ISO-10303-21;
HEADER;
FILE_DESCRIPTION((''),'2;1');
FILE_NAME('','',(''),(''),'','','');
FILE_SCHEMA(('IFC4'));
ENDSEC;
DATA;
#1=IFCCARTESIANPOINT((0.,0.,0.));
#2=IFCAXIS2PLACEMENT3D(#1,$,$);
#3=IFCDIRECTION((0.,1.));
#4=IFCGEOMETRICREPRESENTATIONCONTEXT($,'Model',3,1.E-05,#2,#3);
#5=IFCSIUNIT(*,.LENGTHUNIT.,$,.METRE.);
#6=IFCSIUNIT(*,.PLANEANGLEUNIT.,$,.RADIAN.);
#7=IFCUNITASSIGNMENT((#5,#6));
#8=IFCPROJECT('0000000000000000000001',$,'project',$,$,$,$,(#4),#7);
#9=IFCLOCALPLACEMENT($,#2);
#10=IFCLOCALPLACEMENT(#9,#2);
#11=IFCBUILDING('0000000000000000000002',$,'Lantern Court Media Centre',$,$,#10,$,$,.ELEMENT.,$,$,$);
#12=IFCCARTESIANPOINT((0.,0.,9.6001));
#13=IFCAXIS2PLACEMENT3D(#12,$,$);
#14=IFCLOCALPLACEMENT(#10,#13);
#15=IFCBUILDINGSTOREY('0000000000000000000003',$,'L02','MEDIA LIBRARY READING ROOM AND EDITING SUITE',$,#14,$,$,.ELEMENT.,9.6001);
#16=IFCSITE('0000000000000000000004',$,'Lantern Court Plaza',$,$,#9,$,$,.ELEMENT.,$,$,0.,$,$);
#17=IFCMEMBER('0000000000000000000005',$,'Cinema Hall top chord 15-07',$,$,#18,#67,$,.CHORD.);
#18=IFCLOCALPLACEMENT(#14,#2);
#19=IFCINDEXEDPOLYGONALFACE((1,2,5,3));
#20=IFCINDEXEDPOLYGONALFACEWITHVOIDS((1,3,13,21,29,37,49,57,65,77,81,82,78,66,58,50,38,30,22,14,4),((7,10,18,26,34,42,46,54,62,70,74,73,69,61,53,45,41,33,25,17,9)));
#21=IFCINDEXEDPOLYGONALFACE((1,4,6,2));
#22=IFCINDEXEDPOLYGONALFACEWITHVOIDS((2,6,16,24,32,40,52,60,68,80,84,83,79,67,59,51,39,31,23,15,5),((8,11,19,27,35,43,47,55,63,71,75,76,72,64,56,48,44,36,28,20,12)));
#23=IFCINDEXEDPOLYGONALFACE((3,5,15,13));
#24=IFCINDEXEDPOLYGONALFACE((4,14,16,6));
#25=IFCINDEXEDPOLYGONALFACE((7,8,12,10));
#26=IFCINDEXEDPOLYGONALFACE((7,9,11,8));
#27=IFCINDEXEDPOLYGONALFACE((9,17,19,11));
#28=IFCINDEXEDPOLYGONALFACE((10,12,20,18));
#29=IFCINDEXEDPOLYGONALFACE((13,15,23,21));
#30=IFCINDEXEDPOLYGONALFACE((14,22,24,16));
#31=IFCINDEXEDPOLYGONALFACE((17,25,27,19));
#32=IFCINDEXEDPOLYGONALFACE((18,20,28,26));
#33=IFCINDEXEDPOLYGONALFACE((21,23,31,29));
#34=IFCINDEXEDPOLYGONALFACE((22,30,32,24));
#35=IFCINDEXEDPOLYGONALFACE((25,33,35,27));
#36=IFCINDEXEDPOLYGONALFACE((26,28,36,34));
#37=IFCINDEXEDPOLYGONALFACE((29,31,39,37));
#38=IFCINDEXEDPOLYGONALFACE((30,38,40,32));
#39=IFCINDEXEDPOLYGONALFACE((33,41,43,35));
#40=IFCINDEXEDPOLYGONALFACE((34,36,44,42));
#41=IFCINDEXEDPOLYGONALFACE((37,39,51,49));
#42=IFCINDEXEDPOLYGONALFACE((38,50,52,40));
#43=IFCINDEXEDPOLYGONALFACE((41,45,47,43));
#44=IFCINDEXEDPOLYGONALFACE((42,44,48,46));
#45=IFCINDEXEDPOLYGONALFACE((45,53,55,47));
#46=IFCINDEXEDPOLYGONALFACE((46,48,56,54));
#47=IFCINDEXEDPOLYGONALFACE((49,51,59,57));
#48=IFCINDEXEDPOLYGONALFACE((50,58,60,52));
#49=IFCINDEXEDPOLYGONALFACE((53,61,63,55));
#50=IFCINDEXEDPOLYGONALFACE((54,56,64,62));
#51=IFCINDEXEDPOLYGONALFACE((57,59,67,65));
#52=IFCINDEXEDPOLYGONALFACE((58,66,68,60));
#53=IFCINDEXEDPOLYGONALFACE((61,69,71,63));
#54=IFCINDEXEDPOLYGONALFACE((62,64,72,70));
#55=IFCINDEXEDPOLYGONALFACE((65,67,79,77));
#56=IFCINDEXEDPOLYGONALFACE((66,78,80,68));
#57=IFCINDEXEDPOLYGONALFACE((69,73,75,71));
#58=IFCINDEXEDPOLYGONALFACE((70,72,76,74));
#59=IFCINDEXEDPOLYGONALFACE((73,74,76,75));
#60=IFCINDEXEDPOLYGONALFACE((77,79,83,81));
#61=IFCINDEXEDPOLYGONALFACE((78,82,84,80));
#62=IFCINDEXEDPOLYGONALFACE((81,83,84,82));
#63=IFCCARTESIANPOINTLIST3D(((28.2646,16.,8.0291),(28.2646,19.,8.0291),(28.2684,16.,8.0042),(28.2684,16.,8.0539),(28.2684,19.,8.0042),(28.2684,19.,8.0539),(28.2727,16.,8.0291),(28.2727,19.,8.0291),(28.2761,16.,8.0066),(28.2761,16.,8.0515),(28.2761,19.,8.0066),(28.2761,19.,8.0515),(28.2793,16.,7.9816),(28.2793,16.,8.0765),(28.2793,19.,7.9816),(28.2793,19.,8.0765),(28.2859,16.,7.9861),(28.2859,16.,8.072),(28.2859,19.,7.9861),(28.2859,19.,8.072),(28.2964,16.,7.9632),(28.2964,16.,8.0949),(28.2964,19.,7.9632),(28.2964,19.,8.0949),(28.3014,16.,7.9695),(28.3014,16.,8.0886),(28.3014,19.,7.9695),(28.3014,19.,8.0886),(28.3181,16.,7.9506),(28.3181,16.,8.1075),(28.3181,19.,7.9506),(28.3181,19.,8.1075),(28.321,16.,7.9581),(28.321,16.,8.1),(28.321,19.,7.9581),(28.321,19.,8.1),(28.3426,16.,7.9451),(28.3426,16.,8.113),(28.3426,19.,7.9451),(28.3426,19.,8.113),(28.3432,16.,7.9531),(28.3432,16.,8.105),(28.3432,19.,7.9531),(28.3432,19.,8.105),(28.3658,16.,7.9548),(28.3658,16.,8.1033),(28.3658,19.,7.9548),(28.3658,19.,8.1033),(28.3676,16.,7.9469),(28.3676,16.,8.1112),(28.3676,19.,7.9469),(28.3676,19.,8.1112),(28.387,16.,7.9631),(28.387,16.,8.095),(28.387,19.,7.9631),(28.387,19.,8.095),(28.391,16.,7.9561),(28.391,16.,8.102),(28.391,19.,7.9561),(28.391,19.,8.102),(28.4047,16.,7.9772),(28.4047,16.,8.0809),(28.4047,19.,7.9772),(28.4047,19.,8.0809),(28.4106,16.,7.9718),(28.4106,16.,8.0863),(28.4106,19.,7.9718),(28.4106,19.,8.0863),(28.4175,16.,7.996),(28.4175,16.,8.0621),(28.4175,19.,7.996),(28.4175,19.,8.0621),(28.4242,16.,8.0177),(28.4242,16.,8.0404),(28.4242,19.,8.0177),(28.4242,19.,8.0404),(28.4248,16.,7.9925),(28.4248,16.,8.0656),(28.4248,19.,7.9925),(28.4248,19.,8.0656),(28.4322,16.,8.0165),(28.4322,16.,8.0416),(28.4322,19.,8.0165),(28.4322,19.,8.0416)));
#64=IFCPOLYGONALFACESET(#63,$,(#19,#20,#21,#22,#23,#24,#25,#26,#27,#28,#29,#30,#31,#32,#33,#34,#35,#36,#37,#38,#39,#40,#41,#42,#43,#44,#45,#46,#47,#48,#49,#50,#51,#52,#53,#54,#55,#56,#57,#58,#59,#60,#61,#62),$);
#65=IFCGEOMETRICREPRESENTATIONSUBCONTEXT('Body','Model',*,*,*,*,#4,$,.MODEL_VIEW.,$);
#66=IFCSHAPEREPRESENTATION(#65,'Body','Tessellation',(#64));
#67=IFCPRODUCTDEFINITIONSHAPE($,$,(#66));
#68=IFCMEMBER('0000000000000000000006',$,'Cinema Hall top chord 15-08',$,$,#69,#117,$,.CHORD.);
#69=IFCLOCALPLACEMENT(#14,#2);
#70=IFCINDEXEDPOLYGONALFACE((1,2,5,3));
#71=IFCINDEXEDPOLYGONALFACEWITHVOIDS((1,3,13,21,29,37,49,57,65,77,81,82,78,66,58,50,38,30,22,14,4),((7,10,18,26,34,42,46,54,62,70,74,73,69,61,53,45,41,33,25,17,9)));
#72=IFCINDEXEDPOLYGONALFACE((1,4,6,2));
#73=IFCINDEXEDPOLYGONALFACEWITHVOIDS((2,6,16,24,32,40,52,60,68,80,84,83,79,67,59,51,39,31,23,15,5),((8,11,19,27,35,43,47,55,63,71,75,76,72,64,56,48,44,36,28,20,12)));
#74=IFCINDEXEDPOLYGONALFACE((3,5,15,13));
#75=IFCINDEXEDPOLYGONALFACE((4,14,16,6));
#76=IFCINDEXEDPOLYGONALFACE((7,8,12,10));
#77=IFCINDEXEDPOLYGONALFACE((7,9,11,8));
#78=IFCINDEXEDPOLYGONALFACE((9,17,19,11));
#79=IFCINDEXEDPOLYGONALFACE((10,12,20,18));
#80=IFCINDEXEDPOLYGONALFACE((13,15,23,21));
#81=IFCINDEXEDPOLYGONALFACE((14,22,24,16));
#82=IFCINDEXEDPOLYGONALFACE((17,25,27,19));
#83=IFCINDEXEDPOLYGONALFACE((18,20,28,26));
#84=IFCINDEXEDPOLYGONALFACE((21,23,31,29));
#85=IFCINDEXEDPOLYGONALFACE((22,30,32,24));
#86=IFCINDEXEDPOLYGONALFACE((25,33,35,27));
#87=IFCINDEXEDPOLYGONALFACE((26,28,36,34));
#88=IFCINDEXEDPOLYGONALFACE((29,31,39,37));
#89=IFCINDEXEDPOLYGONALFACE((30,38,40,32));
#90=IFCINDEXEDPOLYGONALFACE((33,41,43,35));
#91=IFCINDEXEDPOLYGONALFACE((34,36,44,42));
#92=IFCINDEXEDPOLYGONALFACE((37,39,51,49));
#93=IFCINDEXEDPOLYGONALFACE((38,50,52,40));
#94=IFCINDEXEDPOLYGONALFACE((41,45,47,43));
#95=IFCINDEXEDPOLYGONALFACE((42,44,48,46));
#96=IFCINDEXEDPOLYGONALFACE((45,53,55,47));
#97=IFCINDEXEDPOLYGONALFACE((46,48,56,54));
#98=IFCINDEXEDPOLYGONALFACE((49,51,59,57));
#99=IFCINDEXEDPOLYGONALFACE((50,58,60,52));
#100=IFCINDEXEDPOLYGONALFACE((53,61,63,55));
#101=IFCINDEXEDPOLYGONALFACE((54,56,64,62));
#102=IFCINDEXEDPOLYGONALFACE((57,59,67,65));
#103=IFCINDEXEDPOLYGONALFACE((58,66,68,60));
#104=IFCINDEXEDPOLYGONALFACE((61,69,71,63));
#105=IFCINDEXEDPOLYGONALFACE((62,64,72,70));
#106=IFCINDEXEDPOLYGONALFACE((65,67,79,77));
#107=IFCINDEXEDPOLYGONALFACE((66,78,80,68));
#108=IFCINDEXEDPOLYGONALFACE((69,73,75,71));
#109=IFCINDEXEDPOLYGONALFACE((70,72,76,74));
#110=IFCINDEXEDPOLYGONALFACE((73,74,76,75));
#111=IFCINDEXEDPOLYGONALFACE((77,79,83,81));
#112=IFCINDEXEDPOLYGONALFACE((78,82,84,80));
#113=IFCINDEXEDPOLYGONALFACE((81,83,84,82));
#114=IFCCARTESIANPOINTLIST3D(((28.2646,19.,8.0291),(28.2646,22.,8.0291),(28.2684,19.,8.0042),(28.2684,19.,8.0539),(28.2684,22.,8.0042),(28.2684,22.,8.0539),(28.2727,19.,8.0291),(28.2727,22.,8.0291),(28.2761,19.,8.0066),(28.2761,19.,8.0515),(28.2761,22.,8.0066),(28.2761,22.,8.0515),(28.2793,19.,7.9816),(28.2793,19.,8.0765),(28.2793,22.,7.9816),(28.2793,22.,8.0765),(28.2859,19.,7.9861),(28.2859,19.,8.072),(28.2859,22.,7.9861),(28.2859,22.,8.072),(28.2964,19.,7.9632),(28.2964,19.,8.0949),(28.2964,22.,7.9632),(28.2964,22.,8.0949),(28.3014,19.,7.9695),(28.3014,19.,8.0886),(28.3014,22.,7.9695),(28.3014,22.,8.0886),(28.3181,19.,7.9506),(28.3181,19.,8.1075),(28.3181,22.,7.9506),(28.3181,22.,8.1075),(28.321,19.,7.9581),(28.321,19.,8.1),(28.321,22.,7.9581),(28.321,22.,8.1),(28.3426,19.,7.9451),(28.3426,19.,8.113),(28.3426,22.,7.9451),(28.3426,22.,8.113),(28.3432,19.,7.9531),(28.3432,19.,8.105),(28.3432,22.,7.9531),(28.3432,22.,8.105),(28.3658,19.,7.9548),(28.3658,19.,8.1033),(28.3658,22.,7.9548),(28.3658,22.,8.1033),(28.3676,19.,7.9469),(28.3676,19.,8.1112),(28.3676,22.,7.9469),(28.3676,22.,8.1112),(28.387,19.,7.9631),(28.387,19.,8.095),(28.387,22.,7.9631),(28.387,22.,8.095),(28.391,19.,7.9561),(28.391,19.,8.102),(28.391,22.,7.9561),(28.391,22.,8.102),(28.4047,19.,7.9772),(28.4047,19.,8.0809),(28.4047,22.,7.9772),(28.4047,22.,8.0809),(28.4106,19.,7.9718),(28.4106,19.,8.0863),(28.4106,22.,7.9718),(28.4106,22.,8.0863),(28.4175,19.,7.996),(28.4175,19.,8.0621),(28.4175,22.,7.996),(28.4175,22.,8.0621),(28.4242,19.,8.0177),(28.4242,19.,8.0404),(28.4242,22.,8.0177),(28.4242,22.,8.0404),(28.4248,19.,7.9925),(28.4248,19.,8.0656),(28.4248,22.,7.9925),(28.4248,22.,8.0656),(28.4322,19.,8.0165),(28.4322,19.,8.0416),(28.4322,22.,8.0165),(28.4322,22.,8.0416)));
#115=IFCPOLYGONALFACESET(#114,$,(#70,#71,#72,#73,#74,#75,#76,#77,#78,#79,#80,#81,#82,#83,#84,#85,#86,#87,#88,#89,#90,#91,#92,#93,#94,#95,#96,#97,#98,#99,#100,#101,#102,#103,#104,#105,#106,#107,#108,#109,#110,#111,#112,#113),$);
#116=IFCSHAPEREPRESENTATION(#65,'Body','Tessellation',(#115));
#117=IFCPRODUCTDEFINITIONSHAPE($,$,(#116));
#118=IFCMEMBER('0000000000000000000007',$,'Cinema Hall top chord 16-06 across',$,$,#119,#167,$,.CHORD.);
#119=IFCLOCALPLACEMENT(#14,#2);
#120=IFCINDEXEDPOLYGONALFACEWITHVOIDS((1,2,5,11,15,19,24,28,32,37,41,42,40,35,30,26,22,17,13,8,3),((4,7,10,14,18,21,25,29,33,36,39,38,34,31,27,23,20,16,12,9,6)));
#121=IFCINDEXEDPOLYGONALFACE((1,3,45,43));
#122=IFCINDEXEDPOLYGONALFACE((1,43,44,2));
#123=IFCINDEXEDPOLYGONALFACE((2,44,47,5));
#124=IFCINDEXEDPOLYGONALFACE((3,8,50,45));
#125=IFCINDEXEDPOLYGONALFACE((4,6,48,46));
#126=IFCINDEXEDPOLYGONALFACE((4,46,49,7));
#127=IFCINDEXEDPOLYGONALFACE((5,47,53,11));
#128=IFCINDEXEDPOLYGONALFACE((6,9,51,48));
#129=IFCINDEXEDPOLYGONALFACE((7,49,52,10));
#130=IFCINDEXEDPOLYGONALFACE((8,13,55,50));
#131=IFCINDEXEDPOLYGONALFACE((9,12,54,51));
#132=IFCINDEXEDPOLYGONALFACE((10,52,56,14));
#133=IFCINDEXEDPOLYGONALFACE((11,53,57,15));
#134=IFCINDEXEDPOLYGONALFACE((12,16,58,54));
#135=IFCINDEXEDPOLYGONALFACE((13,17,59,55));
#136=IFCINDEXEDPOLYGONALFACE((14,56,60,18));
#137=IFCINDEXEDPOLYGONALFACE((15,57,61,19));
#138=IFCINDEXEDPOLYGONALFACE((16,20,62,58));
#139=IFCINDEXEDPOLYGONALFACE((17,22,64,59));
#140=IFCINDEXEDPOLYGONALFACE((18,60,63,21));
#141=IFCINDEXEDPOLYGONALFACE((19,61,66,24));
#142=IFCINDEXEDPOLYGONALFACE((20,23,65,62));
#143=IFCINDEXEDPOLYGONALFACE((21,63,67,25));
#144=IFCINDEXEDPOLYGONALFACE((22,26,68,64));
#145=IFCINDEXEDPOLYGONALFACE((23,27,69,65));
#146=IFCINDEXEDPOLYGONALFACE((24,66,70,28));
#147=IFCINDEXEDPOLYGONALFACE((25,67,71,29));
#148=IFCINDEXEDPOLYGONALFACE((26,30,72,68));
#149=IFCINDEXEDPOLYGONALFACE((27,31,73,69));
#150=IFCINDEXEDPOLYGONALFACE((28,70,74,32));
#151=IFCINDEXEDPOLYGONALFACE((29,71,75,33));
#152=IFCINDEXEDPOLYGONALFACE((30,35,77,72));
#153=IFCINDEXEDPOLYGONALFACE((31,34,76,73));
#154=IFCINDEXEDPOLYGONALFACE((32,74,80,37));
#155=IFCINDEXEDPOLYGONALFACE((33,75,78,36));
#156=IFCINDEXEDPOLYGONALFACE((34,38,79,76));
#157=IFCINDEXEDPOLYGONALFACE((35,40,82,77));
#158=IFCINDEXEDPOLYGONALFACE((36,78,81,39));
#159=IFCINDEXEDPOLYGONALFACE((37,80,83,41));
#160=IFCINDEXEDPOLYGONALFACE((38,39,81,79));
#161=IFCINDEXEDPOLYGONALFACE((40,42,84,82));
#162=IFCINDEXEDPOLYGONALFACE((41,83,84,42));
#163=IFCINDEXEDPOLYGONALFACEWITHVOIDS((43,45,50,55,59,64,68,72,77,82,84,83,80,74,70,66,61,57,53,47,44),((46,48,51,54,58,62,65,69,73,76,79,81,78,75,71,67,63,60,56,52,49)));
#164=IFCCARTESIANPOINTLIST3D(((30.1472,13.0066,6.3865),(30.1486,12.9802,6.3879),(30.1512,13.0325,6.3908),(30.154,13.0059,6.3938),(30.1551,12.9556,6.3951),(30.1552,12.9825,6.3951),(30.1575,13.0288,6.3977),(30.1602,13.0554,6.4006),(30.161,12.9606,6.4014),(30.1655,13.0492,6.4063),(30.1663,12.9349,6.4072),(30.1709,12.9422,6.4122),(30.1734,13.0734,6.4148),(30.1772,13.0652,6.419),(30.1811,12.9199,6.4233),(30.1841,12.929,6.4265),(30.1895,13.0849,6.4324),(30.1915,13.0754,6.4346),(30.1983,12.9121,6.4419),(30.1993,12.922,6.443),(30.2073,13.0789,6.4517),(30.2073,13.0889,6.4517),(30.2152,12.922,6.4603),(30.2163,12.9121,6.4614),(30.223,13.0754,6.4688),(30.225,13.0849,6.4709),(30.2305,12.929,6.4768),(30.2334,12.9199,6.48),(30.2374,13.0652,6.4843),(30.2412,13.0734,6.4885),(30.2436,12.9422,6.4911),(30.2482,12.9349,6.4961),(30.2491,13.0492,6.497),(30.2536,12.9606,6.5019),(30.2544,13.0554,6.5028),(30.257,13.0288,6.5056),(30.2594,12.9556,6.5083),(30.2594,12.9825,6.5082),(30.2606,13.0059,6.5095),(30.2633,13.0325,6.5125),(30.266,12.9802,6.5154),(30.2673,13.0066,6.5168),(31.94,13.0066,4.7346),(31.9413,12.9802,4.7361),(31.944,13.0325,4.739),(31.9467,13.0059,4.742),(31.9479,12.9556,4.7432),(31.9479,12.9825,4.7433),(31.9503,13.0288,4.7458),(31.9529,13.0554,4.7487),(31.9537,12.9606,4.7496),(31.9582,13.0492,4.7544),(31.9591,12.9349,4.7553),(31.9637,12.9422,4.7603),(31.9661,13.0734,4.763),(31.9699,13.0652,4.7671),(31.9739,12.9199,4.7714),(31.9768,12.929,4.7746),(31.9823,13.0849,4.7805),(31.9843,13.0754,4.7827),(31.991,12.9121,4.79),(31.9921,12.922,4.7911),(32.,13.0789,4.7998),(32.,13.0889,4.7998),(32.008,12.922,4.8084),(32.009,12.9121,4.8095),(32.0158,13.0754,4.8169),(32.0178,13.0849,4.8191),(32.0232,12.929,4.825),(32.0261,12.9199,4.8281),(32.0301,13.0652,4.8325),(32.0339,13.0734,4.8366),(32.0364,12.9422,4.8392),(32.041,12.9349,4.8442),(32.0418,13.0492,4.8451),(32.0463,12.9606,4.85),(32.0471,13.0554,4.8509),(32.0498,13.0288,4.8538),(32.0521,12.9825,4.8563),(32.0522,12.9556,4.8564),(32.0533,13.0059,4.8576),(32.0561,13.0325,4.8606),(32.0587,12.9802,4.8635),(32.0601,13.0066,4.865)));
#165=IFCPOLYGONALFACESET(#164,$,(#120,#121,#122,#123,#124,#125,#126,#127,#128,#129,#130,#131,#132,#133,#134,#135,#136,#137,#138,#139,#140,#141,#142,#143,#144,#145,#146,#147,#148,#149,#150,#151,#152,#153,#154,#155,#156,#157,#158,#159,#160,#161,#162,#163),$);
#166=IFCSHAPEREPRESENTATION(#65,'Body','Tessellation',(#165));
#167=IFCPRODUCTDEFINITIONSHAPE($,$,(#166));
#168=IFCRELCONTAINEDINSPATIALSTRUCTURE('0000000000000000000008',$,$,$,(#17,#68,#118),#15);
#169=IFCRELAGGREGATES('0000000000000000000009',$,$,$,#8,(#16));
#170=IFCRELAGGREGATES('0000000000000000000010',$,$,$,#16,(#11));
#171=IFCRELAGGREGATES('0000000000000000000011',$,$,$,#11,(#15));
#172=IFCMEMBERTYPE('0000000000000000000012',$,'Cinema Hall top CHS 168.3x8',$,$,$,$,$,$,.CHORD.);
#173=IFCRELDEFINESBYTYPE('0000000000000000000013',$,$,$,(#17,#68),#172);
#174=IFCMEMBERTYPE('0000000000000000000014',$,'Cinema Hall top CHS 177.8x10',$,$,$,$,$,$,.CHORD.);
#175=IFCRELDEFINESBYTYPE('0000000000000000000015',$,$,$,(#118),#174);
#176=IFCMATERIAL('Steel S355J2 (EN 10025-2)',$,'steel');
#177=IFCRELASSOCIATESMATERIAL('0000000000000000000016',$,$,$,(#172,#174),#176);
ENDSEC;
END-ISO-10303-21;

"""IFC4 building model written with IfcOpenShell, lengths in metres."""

from ifc_helpers import new_model, si_unit, direction, frame, origin, origin_2d, place, context, subcontext, project, spatial, hollow_circle, extrude, material, material_profile, profile_set, type_object, element, save


model = new_model("IFC4")

# Units and contexts
model_context = context("Model", 3, precision=1e-05, world=origin(), true_north=direction((0.0, 1.0)))
body_context = subcontext(model_context, "Body", "Model", "MODEL_VIEW")
ifc_project = project(units=[si_unit("LENGTHUNIT", "METRE"), si_unit("PLANEANGLEUNIT", "RADIAN")], contexts=[model_context])

# Site, building, storey
site_placement = place(None, origin())
site = spatial("IfcSite", under=ifc_project, at=site_placement, Name="Lantern Court Plaza", CompositionType="ELEMENT", RefElevation=0.0)
building_placement = place(site_placement, origin())
building = spatial("IfcBuilding", under=site, at=building_placement, Name="Lantern Court Media Centre", CompositionType="ELEMENT")
storey_placement = place(building_placement, frame((0.0, 0.0, 9.6001)))
storey = spatial("IfcBuildingStorey", under=building, at=storey_placement, Name="L02", Description="MEDIA LIBRARY READING ROOM AND EDITING SUITE", CompositionType="ELEMENT", Elevation=9.6001)

# Members
ifc_material = material(Name="Steel S355J2 (EN 10025-2)", Category="steel")
ifc_material_profile_1 = material_profile(ifc_material, hollow_circle(Radius=0.0842, WallThickness=0.0081, at=origin_2d()), Name="Cinema Hall top CHS 168.3x8")
ifc_profile_set_1 = profile_set([ifc_material_profile_1], Name="Steel S355J2 (EN 10025-2)")
member_type_1 = type_object("IfcMemberType", Name="Cinema Hall top CHS 168.3x8", PredefinedType="CHORD", material=ifc_profile_set_1)
for number, where, z_axis, x_axis, name in (
    (1, (28.3489, 16.0, 8.0291), (0.0, 1.0, 0.0), (-1.0, 0.0, 0.0), "Cinema Hall top chord 15-07"),
    (2, (28.3489, 19.0, 8.0291), (0.0, 1.0, 0.0), (-1.0, 0.0, 0.0), "Cinema Hall top chord 15-08"),
):
    element("IfcMember", number, at=place(storey_placement, frame(where, z_axis=z_axis, x_axis=x_axis)), inside=storey, type_object=member_type_1, Name=name, PredefinedType="CHORD", context=body_context, shape_type="SweptSolid", body=[
        extrude(hollow_circle(Radius=0.0842, WallThickness=0.0081, at=origin_2d()), origin(), (0.0, 0.0, 1.0), 3.0),
    ])
ifc_material_profile_2 = material_profile(ifc_material, hollow_circle(Radius=0.0889, WallThickness=0.01, at=origin_2d()), Name="Cinema Hall top CHS 177.8x10")
ifc_profile_set_2 = profile_set([ifc_material_profile_2], Name="Steel S355J2 (EN 10025-2)")
member_type_2 = type_object("IfcMemberType", Name="Cinema Hall top CHS 177.8x10", PredefinedType="CHORD", material=ifc_profile_set_2)
for number, where, z_axis, x_axis, name in (
    (3, (30.2073, 13.0, 6.4517), (0.73541, 0.0, -0.677623), (0.0, 1.0, 0.0), "Cinema Hall top chord 16-06 across"),
):
    element("IfcMember", number, at=place(storey_placement, frame(where, z_axis=z_axis, x_axis=x_axis)), inside=storey, type_object=member_type_2, Name=name, PredefinedType="CHORD", context=body_context, shape_type="SweptSolid", body=[
        extrude(hollow_circle(Radius=0.0889, WallThickness=0.01, at=origin_2d()), origin(), (0.0, 0.0, 1.0), 2.4377),
    ])

save(model, "model.ifc")
